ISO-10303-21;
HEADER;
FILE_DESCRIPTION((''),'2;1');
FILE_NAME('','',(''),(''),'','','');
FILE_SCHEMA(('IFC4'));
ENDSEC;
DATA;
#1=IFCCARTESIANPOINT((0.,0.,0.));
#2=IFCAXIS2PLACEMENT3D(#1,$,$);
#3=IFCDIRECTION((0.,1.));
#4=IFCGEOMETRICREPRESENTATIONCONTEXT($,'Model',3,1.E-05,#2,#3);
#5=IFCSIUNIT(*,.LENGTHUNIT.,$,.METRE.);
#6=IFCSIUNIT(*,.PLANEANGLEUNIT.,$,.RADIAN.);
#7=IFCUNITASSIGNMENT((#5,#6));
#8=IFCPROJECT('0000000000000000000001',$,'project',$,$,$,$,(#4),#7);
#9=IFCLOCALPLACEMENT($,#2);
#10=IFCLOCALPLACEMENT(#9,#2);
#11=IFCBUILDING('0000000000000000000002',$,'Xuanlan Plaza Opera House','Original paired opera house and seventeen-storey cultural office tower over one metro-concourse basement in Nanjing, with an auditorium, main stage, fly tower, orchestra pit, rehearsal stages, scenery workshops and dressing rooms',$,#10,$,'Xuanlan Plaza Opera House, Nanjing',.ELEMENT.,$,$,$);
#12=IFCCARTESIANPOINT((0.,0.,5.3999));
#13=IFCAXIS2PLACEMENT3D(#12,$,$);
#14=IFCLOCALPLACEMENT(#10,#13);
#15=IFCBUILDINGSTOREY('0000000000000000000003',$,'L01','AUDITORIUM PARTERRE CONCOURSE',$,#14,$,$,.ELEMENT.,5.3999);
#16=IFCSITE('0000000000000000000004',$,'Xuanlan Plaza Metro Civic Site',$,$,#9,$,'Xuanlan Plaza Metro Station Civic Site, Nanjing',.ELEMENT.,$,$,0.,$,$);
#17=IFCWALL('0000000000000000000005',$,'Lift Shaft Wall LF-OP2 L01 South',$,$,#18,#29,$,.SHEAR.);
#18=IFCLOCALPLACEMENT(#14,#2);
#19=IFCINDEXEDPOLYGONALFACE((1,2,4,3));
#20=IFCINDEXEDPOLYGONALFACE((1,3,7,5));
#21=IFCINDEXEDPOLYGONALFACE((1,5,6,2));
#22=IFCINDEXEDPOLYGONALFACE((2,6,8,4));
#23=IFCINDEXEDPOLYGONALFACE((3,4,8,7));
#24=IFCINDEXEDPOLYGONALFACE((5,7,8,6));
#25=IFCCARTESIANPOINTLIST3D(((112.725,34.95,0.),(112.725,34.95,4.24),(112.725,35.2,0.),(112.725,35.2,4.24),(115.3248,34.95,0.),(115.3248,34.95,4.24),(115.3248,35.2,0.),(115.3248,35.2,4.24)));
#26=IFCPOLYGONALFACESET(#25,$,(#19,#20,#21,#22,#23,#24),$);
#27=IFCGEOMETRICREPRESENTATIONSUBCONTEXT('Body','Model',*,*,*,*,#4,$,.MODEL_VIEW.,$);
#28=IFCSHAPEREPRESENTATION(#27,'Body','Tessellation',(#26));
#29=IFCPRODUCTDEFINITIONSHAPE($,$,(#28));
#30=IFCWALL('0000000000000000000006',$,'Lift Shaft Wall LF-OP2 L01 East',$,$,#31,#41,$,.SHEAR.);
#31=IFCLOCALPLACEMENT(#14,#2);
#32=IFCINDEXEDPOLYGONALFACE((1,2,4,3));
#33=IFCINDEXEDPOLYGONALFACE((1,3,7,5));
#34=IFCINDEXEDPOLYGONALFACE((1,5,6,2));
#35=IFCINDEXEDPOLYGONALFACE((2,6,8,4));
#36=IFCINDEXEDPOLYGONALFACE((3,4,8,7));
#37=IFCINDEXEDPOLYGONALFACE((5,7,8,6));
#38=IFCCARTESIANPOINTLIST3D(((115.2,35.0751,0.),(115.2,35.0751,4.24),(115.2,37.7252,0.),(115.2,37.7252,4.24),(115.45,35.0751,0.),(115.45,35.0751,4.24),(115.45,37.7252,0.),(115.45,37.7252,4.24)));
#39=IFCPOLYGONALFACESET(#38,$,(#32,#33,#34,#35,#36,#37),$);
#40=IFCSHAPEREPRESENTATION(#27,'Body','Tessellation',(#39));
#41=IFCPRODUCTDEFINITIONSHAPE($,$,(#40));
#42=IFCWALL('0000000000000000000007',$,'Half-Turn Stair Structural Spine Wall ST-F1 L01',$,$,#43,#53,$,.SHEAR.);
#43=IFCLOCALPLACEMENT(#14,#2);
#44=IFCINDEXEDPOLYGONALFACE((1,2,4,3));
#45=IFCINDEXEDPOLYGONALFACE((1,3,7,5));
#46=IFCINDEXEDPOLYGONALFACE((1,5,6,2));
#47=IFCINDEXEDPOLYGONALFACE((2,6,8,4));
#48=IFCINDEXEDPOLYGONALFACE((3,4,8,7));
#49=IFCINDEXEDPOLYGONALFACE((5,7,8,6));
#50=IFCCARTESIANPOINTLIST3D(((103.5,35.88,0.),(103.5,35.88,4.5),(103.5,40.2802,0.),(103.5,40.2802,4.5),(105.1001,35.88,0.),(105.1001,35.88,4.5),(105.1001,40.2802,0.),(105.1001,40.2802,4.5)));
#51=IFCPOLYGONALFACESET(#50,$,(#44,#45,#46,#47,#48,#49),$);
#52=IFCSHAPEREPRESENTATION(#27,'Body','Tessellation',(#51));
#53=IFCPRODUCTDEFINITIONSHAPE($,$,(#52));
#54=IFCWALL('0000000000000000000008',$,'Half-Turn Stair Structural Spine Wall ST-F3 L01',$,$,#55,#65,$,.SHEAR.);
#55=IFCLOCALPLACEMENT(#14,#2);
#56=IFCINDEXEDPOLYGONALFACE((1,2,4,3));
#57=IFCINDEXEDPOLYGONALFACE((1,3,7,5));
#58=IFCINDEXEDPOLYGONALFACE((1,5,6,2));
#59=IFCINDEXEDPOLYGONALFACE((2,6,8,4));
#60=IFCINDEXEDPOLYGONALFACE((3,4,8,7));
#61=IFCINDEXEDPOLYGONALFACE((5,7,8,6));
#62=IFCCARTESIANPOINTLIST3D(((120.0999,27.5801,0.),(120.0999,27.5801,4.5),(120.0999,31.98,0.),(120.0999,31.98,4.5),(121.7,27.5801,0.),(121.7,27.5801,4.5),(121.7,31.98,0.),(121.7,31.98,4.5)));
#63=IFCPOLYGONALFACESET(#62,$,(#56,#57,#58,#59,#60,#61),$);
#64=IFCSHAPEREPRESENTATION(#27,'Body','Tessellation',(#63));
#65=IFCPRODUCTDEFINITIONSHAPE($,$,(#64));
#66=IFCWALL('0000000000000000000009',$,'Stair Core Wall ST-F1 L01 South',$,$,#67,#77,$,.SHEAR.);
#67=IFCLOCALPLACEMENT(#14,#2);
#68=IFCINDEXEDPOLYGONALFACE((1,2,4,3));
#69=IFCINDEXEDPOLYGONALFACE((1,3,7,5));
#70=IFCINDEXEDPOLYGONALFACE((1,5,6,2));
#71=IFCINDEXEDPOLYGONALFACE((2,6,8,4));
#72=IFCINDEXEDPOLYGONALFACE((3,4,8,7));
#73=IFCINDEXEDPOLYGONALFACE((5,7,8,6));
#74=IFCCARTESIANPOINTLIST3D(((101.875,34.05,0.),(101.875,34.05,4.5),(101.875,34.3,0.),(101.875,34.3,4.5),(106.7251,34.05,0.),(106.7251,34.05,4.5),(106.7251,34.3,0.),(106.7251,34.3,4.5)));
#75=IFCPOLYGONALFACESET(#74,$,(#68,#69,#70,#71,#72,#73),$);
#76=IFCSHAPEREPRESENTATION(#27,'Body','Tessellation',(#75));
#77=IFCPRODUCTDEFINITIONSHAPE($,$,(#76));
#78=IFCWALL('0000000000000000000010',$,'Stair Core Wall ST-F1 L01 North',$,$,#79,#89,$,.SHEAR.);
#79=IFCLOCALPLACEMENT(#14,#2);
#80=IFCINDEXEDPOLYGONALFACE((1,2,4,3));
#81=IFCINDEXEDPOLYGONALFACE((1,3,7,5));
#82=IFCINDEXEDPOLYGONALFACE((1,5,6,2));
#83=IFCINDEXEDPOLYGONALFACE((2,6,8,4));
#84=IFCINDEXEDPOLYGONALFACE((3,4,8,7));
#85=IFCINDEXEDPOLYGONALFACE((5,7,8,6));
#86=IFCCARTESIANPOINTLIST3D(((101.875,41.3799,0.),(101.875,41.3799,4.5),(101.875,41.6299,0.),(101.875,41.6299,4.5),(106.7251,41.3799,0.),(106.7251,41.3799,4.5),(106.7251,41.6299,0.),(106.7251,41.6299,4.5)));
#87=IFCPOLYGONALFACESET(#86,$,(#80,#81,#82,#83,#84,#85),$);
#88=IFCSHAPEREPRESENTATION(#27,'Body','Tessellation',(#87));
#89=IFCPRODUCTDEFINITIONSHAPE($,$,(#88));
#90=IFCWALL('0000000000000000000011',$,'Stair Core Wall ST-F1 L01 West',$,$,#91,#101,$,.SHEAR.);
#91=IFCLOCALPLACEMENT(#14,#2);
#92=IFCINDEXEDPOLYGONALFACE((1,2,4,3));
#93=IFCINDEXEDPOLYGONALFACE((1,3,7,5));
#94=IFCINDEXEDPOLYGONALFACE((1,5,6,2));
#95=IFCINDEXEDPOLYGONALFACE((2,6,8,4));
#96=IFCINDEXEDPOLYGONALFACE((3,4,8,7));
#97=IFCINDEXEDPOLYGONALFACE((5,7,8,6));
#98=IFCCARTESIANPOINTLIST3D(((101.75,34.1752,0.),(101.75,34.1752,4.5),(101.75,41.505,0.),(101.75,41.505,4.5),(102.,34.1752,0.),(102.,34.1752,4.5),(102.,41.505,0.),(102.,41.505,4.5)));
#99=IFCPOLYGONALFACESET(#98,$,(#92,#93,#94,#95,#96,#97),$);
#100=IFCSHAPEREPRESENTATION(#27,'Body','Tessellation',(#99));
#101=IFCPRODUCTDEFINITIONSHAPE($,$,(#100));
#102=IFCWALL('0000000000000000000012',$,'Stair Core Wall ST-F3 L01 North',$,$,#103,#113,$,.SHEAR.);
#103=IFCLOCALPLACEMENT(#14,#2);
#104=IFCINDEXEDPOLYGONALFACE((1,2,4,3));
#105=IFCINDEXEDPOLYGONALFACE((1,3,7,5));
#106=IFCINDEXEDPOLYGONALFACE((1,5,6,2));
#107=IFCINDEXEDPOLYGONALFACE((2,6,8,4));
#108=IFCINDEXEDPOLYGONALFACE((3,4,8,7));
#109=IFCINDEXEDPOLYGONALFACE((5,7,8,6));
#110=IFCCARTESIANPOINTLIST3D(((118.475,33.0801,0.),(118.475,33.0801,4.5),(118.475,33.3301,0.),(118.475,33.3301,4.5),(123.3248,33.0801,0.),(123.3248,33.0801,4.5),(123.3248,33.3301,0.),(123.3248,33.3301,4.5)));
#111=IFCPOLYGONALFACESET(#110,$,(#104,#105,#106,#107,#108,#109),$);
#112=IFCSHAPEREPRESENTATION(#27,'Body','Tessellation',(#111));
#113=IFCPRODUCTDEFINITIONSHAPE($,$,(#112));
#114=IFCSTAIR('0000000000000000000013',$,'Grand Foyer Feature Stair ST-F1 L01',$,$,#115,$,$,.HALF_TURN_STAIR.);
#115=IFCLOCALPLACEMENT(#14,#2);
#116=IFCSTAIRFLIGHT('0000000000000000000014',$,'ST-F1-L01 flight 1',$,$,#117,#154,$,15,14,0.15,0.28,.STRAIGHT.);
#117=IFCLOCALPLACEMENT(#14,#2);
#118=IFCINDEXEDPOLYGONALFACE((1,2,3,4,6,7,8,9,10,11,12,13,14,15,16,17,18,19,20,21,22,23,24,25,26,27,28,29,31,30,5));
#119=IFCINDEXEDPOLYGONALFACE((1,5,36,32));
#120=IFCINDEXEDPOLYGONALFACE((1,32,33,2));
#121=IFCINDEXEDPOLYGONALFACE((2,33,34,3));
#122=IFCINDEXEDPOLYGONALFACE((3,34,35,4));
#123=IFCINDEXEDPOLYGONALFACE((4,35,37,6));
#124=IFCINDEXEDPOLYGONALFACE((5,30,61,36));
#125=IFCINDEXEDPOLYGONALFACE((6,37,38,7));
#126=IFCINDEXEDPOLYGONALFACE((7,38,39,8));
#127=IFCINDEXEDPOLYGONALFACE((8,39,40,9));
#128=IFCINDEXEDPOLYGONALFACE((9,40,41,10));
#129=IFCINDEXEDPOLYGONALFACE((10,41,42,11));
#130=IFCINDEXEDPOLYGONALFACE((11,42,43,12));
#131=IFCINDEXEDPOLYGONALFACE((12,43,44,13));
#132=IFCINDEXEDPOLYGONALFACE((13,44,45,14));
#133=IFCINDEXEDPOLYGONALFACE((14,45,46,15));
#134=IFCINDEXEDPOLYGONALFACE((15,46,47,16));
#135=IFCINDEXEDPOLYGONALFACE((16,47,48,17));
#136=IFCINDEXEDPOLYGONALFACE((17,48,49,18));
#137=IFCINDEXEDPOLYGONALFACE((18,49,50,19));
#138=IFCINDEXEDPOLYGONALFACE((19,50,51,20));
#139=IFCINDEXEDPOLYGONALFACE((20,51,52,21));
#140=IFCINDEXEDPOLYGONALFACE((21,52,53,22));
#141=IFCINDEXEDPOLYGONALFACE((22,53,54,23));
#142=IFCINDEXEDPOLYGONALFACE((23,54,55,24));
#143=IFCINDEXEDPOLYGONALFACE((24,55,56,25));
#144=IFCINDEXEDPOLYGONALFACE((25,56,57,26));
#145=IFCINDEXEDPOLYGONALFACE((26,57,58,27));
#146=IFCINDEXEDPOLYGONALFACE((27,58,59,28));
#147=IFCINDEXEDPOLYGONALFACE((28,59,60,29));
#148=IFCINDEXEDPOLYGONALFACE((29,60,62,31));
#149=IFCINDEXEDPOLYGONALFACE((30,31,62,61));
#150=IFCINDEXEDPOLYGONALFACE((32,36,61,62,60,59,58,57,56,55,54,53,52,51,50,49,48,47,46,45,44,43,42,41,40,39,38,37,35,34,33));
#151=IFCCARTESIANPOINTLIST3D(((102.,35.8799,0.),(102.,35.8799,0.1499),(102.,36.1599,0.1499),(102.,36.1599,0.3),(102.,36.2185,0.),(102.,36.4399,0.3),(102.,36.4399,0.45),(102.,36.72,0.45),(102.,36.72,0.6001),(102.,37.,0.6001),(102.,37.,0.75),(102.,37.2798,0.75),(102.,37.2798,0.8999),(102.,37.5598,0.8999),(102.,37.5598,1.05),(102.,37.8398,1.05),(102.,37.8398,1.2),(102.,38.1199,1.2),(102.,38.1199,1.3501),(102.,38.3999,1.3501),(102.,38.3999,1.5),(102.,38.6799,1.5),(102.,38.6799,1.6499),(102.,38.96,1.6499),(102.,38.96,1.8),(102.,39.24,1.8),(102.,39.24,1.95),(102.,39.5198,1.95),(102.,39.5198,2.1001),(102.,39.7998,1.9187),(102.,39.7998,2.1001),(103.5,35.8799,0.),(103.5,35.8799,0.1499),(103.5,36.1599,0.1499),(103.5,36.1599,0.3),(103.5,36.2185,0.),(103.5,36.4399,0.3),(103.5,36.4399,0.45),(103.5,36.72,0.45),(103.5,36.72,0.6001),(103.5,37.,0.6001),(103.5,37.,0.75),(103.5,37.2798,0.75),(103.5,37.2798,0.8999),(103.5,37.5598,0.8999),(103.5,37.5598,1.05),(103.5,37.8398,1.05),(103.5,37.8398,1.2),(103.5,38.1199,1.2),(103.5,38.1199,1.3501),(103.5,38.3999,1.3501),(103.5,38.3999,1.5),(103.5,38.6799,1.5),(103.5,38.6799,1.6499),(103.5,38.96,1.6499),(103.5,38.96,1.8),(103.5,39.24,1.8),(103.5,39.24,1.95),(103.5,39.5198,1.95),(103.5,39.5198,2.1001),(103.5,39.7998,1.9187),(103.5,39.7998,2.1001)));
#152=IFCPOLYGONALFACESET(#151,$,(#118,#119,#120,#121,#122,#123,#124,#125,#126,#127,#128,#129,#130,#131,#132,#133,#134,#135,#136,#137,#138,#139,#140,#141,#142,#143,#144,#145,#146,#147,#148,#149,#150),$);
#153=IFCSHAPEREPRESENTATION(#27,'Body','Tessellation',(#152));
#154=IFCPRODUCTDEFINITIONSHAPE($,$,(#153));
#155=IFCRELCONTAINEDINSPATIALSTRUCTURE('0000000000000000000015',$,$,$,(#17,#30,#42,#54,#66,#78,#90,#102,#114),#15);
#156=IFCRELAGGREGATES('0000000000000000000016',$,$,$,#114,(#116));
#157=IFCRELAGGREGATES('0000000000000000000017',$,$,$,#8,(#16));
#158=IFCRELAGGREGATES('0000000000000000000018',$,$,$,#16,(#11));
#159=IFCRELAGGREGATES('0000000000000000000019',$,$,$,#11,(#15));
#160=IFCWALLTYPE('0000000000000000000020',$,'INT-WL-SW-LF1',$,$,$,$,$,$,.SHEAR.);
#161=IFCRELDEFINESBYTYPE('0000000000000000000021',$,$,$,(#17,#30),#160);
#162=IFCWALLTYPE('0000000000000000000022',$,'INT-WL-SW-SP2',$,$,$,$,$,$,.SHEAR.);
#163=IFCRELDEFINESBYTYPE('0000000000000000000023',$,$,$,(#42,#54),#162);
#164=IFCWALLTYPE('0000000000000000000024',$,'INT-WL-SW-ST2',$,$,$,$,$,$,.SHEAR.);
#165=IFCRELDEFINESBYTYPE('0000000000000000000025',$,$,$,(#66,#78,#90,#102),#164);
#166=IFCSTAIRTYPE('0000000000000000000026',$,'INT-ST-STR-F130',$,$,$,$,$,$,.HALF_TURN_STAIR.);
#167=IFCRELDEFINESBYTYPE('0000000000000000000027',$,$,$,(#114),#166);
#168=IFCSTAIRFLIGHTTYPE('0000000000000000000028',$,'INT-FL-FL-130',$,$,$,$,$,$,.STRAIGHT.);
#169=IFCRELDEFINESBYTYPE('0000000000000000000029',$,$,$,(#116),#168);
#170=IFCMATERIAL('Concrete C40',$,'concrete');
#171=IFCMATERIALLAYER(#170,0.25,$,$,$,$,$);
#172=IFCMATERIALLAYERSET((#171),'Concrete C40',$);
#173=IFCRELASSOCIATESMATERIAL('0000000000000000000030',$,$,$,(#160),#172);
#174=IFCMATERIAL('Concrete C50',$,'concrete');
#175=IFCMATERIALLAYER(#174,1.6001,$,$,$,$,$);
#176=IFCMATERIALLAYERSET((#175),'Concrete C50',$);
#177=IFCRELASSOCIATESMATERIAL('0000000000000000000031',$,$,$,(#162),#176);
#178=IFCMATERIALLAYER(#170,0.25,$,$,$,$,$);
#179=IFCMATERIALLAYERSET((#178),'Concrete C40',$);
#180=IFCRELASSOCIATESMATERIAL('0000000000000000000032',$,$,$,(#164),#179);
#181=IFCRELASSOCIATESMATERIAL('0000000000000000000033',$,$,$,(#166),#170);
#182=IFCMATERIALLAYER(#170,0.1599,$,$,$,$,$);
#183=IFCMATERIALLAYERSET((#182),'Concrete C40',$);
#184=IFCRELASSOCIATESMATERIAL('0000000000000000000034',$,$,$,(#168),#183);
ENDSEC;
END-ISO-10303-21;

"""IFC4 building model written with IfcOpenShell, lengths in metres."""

from ifc_helpers import new_model, si_unit, direction, frame, frame_2d, origin, place, context, subcontext, project, spatial, polyline, rectangle, outline, extrude, material, layer, layer_set, type_object, element, aggregate, save


model = new_model("IFC4")

# Units and contexts
model_context = context("Model", 3, precision=1e-05, world=origin(), true_north=direction((0.0, 1.0)))
body_context = subcontext(model_context, "Body", "Model", "MODEL_VIEW")
ifc_project = project(units=[si_unit("LENGTHUNIT", "METRE"), si_unit("PLANEANGLEUNIT", "RADIAN")], contexts=[model_context])

# Site, building, storey
site_placement = place(None, origin())
site = spatial("IfcSite", under=ifc_project, at=site_placement, Name="Xuanlan Plaza Metro Civic Site", LongName="Xuanlan Plaza Metro Station Civic Site, Nanjing", CompositionType="ELEMENT", RefElevation=0.0)
building_placement = place(site_placement, origin())
building = spatial("IfcBuilding", under=site, at=building_placement, Name="Xuanlan Plaza Opera House", Description="Original paired opera house and seventeen-storey cultural office tower over one metro-concourse basement in Nanjing, with an auditorium, main stage, fly tower, orchestra pit, rehearsal stages, scenery workshops and dressing rooms", LongName="Xuanlan Plaza Opera House, Nanjing", CompositionType="ELEMENT")
storey_placement = place(building_placement, frame((0.0, 0.0, 5.3999)))
storey = spatial("IfcBuildingStorey", under=building, at=storey_placement, Name="L01", Description="AUDITORIUM PARTERRE CONCOURSE", CompositionType="ELEMENT", Elevation=5.3999)

# Shared definitions
ifc_material_1 = material(Name="Concrete C50", Category="concrete")

# Shared definitions
ifc_material_2 = material(Name="Concrete C40", Category="concrete")

# Shared definitions
ifc_layer_1 = layer(ifc_material_2, 0.25)
ifc_layer_set_1 = layer_set([ifc_layer_1], Name="Concrete C40")
wall_type_1 = type_object("IfcWallType", Name="INT-WL-SW-LF1", PredefinedType="SHEAR", material=ifc_layer_set_1)

# Wall
wall_1_placement = place(storey_placement, frame((112.7251, 35.075, 0.0), z_axis=(0.0, 0.0, 1.0), x_axis=(1.0, 0.0, 0.0)))
element("IfcWall", 1, at=wall_1_placement, inside=storey, type_object=wall_type_1, Name="Lift Shaft Wall LF-OP2 L01 South", PredefinedType="SHEAR", context=body_context, shape_type="SweptSolid", body=[
    extrude(rectangle(XDim=2.5999, YDim=0.25, at=frame_2d((1.2998, 0.0))), origin(), (0.0, 0.0, 1.0), 4.24),
])

# Walls
wall_2_placement = place(storey_placement, frame((115.325, 35.075, 0.0), z_axis=(0.0, 0.0, 1.0), x_axis=(0.0, 1.0, 0.0)))
element("IfcWall", 2, at=wall_2_placement, inside=storey, type_object=wall_type_1, Name="Lift Shaft Wall LF-OP2 L01 East", PredefinedType="SHEAR", context=body_context, shape_type="SweptSolid", body=[
    extrude(rectangle(XDim=2.6501, YDim=0.25, at=frame_2d((1.3252, 0.0))), origin(), (0.0, 0.0, 1.0), 4.24),
])
ifc_layer_2 = layer(ifc_material_1, 1.6001)
ifc_layer_set_2 = layer_set([ifc_layer_2], Name="Concrete C50")
wall_type_2 = type_object("IfcWallType", Name="INT-WL-SW-SP2", PredefinedType="SHEAR", material=ifc_layer_set_2)
wall_3_placement = place(storey_placement, frame((104.3, 35.8799, 0.0), z_axis=(0.0, 0.0, 1.0), x_axis=(0.0, 1.0, 0.0)))
element("IfcWall", 3, at=wall_3_placement, inside=storey, type_object=wall_type_2, Name="Half-Turn Stair Structural Spine Wall ST-F1 L01", PredefinedType="SHEAR", context=body_context, shape_type="SweptSolid", body=[
    extrude(rectangle(XDim=4.4001, YDim=1.6001, at=frame_2d((2.2002, 0.0))), origin(), (0.0, 0.0, 1.0), 4.5),
])
wall_4_placement = place(storey_placement, frame((120.8999, 27.5801, 0.0), z_axis=(0.0, 0.0, 1.0), x_axis=(0.0, 1.0, 0.0)))
element("IfcWall", 4, at=wall_4_placement, inside=storey, type_object=wall_type_2, Name="Half-Turn Stair Structural Spine Wall ST-F3 L01", PredefinedType="SHEAR", context=body_context, shape_type="SweptSolid", body=[
    extrude(rectangle(XDim=4.3999, YDim=1.6001, at=frame_2d((2.2, 0.0))), origin(), (0.0, 0.0, 1.0), 4.5),
])
ifc_layer_3 = layer(ifc_material_2, 0.25)
ifc_layer_set_3 = layer_set([ifc_layer_3], Name="Concrete C40")
wall_type_3 = type_object("IfcWallType", Name="INT-WL-SW-ST2", PredefinedType="SHEAR", material=ifc_layer_set_3)
for number, where, z_axis, x_axis, name in (
    (5, (101.875, 34.175, 0.0), (0.0, 0.0, 1.0), (1.0, 0.0, 0.0), "Stair Core Wall ST-F1 L01 South"),
    (6, (101.875, 41.5049, 0.0), (0.0, 0.0, 1.0), (1.0, 0.0, 0.0), "Stair Core Wall ST-F1 L01 North"),
):
    element("IfcWall", number, at=place(storey_placement, frame(where, z_axis=z_axis, x_axis=x_axis)), inside=storey, type_object=wall_type_3, Name=name, PredefinedType="SHEAR", context=body_context, shape_type="SweptSolid", body=[
        extrude(rectangle(XDim=4.8501, YDim=0.25, at=frame_2d((2.425, 0.0))), origin(), (0.0, 0.0, 1.0), 4.5),
    ])
wall_5_placement = place(storey_placement, frame((101.875, 34.175, 0.0), z_axis=(0.0, 0.0, 1.0), x_axis=(0.0, 1.0, 0.0)))
element("IfcWall", 7, at=wall_5_placement, inside=storey, type_object=wall_type_3, Name="Stair Core Wall ST-F1 L01 West", PredefinedType="SHEAR", context=body_context, shape_type="SweptSolid", body=[
    extrude(rectangle(XDim=7.3298, YDim=0.25, at=frame_2d((3.665, 0.0))), origin(), (0.0, 0.0, 1.0), 4.5),
])

# Wall
wall_6_placement = place(storey_placement, frame((118.4751, 33.2051, 0.0), z_axis=(0.0, 0.0, 1.0), x_axis=(1.0, 0.0, 0.0)))
element("IfcWall", 8, at=wall_6_placement, inside=storey, type_object=wall_type_3, Name="Stair Core Wall ST-F3 L01 North", PredefinedType="SHEAR", context=body_context, shape_type="SweptSolid", body=[
    extrude(rectangle(XDim=4.8499, YDim=0.25, at=frame_2d((2.4248, 0.0))), origin(), (0.0, 0.0, 1.0), 4.5),
])

# Stair, stair flight
stair_type_1 = type_object("IfcStairType", Name="INT-ST-STR-F130", PredefinedType="HALF_TURN_STAIR", material=ifc_material_2)
stair_1_placement = place(storey_placement, origin())
stair_1 = element("IfcStair", 9, at=stair_1_placement, inside=storey, type_object=stair_type_1, Name="Grand Foyer Feature Stair ST-F1 L01", PredefinedType="HALF_TURN_STAIR")
ifc_layer_4 = layer(ifc_material_2, 0.1599)
ifc_layer_set_4 = layer_set([ifc_layer_4], Name="Concrete C40")
stair_flight_type = type_object("IfcStairFlightType", Name="INT-FL-FL-130", PredefinedType="STRAIGHT", material=ifc_layer_set_4)
stair_flight_1_placement = place(storey_placement, frame((102.75, 35.8799, 0.0), z_axis=(0.0, 0.0, 1.0), x_axis=(0.0, 1.0, 0.0)))
stair_flight_1 = element("IfcStairFlight", 10, at=stair_flight_1_placement, type_object=stair_flight_type, Name="ST-F1-L01 flight 1", NumberOfRisers=15, NumberOfTreads=14, PredefinedType="STRAIGHT", RiserHeight=0.15, TreadLength=0.28, context=body_context, shape_type="SweptSolid", body=[
    extrude(outline(polyline([(0.0, 0.0), (0.0, 0.1499), (0.28, 0.1499), (0.28, 0.3), (0.5601, 0.3), (0.5601, 0.45), (0.8401, 0.45), (0.8401, 0.6001), (1.1201, 0.6001), (1.1201, 0.75), (1.3999, 0.75), (1.3999, 0.8999), (1.6799, 0.8999), (1.6799, 1.05), (1.96, 1.05), (1.96, 1.2), (2.24, 1.2), (2.24, 1.3501), (2.52, 1.3501), (2.52, 1.5), (2.8, 1.5), (2.8, 1.6499), (3.0801, 1.6499), (3.0801, 1.8), (3.3601, 1.8), (3.3601, 1.95), (3.6399, 1.95), (3.6399, 2.1001), (3.9199, 2.1001), (3.9199, 2.25), (3.9199, 1.9187), (0.3386, 0.0), (0.0, 0.0)])), frame((0.0, 0.75, 0.0), z_axis=(0.0, -1.0, 0.0), x_axis=(1.0, 0.0, 0.0)), (0.0, 0.0, 1.0), 1.5),
])
aggregate(stair_1, [stair_flight_1])

save(model, "model.ifc")
